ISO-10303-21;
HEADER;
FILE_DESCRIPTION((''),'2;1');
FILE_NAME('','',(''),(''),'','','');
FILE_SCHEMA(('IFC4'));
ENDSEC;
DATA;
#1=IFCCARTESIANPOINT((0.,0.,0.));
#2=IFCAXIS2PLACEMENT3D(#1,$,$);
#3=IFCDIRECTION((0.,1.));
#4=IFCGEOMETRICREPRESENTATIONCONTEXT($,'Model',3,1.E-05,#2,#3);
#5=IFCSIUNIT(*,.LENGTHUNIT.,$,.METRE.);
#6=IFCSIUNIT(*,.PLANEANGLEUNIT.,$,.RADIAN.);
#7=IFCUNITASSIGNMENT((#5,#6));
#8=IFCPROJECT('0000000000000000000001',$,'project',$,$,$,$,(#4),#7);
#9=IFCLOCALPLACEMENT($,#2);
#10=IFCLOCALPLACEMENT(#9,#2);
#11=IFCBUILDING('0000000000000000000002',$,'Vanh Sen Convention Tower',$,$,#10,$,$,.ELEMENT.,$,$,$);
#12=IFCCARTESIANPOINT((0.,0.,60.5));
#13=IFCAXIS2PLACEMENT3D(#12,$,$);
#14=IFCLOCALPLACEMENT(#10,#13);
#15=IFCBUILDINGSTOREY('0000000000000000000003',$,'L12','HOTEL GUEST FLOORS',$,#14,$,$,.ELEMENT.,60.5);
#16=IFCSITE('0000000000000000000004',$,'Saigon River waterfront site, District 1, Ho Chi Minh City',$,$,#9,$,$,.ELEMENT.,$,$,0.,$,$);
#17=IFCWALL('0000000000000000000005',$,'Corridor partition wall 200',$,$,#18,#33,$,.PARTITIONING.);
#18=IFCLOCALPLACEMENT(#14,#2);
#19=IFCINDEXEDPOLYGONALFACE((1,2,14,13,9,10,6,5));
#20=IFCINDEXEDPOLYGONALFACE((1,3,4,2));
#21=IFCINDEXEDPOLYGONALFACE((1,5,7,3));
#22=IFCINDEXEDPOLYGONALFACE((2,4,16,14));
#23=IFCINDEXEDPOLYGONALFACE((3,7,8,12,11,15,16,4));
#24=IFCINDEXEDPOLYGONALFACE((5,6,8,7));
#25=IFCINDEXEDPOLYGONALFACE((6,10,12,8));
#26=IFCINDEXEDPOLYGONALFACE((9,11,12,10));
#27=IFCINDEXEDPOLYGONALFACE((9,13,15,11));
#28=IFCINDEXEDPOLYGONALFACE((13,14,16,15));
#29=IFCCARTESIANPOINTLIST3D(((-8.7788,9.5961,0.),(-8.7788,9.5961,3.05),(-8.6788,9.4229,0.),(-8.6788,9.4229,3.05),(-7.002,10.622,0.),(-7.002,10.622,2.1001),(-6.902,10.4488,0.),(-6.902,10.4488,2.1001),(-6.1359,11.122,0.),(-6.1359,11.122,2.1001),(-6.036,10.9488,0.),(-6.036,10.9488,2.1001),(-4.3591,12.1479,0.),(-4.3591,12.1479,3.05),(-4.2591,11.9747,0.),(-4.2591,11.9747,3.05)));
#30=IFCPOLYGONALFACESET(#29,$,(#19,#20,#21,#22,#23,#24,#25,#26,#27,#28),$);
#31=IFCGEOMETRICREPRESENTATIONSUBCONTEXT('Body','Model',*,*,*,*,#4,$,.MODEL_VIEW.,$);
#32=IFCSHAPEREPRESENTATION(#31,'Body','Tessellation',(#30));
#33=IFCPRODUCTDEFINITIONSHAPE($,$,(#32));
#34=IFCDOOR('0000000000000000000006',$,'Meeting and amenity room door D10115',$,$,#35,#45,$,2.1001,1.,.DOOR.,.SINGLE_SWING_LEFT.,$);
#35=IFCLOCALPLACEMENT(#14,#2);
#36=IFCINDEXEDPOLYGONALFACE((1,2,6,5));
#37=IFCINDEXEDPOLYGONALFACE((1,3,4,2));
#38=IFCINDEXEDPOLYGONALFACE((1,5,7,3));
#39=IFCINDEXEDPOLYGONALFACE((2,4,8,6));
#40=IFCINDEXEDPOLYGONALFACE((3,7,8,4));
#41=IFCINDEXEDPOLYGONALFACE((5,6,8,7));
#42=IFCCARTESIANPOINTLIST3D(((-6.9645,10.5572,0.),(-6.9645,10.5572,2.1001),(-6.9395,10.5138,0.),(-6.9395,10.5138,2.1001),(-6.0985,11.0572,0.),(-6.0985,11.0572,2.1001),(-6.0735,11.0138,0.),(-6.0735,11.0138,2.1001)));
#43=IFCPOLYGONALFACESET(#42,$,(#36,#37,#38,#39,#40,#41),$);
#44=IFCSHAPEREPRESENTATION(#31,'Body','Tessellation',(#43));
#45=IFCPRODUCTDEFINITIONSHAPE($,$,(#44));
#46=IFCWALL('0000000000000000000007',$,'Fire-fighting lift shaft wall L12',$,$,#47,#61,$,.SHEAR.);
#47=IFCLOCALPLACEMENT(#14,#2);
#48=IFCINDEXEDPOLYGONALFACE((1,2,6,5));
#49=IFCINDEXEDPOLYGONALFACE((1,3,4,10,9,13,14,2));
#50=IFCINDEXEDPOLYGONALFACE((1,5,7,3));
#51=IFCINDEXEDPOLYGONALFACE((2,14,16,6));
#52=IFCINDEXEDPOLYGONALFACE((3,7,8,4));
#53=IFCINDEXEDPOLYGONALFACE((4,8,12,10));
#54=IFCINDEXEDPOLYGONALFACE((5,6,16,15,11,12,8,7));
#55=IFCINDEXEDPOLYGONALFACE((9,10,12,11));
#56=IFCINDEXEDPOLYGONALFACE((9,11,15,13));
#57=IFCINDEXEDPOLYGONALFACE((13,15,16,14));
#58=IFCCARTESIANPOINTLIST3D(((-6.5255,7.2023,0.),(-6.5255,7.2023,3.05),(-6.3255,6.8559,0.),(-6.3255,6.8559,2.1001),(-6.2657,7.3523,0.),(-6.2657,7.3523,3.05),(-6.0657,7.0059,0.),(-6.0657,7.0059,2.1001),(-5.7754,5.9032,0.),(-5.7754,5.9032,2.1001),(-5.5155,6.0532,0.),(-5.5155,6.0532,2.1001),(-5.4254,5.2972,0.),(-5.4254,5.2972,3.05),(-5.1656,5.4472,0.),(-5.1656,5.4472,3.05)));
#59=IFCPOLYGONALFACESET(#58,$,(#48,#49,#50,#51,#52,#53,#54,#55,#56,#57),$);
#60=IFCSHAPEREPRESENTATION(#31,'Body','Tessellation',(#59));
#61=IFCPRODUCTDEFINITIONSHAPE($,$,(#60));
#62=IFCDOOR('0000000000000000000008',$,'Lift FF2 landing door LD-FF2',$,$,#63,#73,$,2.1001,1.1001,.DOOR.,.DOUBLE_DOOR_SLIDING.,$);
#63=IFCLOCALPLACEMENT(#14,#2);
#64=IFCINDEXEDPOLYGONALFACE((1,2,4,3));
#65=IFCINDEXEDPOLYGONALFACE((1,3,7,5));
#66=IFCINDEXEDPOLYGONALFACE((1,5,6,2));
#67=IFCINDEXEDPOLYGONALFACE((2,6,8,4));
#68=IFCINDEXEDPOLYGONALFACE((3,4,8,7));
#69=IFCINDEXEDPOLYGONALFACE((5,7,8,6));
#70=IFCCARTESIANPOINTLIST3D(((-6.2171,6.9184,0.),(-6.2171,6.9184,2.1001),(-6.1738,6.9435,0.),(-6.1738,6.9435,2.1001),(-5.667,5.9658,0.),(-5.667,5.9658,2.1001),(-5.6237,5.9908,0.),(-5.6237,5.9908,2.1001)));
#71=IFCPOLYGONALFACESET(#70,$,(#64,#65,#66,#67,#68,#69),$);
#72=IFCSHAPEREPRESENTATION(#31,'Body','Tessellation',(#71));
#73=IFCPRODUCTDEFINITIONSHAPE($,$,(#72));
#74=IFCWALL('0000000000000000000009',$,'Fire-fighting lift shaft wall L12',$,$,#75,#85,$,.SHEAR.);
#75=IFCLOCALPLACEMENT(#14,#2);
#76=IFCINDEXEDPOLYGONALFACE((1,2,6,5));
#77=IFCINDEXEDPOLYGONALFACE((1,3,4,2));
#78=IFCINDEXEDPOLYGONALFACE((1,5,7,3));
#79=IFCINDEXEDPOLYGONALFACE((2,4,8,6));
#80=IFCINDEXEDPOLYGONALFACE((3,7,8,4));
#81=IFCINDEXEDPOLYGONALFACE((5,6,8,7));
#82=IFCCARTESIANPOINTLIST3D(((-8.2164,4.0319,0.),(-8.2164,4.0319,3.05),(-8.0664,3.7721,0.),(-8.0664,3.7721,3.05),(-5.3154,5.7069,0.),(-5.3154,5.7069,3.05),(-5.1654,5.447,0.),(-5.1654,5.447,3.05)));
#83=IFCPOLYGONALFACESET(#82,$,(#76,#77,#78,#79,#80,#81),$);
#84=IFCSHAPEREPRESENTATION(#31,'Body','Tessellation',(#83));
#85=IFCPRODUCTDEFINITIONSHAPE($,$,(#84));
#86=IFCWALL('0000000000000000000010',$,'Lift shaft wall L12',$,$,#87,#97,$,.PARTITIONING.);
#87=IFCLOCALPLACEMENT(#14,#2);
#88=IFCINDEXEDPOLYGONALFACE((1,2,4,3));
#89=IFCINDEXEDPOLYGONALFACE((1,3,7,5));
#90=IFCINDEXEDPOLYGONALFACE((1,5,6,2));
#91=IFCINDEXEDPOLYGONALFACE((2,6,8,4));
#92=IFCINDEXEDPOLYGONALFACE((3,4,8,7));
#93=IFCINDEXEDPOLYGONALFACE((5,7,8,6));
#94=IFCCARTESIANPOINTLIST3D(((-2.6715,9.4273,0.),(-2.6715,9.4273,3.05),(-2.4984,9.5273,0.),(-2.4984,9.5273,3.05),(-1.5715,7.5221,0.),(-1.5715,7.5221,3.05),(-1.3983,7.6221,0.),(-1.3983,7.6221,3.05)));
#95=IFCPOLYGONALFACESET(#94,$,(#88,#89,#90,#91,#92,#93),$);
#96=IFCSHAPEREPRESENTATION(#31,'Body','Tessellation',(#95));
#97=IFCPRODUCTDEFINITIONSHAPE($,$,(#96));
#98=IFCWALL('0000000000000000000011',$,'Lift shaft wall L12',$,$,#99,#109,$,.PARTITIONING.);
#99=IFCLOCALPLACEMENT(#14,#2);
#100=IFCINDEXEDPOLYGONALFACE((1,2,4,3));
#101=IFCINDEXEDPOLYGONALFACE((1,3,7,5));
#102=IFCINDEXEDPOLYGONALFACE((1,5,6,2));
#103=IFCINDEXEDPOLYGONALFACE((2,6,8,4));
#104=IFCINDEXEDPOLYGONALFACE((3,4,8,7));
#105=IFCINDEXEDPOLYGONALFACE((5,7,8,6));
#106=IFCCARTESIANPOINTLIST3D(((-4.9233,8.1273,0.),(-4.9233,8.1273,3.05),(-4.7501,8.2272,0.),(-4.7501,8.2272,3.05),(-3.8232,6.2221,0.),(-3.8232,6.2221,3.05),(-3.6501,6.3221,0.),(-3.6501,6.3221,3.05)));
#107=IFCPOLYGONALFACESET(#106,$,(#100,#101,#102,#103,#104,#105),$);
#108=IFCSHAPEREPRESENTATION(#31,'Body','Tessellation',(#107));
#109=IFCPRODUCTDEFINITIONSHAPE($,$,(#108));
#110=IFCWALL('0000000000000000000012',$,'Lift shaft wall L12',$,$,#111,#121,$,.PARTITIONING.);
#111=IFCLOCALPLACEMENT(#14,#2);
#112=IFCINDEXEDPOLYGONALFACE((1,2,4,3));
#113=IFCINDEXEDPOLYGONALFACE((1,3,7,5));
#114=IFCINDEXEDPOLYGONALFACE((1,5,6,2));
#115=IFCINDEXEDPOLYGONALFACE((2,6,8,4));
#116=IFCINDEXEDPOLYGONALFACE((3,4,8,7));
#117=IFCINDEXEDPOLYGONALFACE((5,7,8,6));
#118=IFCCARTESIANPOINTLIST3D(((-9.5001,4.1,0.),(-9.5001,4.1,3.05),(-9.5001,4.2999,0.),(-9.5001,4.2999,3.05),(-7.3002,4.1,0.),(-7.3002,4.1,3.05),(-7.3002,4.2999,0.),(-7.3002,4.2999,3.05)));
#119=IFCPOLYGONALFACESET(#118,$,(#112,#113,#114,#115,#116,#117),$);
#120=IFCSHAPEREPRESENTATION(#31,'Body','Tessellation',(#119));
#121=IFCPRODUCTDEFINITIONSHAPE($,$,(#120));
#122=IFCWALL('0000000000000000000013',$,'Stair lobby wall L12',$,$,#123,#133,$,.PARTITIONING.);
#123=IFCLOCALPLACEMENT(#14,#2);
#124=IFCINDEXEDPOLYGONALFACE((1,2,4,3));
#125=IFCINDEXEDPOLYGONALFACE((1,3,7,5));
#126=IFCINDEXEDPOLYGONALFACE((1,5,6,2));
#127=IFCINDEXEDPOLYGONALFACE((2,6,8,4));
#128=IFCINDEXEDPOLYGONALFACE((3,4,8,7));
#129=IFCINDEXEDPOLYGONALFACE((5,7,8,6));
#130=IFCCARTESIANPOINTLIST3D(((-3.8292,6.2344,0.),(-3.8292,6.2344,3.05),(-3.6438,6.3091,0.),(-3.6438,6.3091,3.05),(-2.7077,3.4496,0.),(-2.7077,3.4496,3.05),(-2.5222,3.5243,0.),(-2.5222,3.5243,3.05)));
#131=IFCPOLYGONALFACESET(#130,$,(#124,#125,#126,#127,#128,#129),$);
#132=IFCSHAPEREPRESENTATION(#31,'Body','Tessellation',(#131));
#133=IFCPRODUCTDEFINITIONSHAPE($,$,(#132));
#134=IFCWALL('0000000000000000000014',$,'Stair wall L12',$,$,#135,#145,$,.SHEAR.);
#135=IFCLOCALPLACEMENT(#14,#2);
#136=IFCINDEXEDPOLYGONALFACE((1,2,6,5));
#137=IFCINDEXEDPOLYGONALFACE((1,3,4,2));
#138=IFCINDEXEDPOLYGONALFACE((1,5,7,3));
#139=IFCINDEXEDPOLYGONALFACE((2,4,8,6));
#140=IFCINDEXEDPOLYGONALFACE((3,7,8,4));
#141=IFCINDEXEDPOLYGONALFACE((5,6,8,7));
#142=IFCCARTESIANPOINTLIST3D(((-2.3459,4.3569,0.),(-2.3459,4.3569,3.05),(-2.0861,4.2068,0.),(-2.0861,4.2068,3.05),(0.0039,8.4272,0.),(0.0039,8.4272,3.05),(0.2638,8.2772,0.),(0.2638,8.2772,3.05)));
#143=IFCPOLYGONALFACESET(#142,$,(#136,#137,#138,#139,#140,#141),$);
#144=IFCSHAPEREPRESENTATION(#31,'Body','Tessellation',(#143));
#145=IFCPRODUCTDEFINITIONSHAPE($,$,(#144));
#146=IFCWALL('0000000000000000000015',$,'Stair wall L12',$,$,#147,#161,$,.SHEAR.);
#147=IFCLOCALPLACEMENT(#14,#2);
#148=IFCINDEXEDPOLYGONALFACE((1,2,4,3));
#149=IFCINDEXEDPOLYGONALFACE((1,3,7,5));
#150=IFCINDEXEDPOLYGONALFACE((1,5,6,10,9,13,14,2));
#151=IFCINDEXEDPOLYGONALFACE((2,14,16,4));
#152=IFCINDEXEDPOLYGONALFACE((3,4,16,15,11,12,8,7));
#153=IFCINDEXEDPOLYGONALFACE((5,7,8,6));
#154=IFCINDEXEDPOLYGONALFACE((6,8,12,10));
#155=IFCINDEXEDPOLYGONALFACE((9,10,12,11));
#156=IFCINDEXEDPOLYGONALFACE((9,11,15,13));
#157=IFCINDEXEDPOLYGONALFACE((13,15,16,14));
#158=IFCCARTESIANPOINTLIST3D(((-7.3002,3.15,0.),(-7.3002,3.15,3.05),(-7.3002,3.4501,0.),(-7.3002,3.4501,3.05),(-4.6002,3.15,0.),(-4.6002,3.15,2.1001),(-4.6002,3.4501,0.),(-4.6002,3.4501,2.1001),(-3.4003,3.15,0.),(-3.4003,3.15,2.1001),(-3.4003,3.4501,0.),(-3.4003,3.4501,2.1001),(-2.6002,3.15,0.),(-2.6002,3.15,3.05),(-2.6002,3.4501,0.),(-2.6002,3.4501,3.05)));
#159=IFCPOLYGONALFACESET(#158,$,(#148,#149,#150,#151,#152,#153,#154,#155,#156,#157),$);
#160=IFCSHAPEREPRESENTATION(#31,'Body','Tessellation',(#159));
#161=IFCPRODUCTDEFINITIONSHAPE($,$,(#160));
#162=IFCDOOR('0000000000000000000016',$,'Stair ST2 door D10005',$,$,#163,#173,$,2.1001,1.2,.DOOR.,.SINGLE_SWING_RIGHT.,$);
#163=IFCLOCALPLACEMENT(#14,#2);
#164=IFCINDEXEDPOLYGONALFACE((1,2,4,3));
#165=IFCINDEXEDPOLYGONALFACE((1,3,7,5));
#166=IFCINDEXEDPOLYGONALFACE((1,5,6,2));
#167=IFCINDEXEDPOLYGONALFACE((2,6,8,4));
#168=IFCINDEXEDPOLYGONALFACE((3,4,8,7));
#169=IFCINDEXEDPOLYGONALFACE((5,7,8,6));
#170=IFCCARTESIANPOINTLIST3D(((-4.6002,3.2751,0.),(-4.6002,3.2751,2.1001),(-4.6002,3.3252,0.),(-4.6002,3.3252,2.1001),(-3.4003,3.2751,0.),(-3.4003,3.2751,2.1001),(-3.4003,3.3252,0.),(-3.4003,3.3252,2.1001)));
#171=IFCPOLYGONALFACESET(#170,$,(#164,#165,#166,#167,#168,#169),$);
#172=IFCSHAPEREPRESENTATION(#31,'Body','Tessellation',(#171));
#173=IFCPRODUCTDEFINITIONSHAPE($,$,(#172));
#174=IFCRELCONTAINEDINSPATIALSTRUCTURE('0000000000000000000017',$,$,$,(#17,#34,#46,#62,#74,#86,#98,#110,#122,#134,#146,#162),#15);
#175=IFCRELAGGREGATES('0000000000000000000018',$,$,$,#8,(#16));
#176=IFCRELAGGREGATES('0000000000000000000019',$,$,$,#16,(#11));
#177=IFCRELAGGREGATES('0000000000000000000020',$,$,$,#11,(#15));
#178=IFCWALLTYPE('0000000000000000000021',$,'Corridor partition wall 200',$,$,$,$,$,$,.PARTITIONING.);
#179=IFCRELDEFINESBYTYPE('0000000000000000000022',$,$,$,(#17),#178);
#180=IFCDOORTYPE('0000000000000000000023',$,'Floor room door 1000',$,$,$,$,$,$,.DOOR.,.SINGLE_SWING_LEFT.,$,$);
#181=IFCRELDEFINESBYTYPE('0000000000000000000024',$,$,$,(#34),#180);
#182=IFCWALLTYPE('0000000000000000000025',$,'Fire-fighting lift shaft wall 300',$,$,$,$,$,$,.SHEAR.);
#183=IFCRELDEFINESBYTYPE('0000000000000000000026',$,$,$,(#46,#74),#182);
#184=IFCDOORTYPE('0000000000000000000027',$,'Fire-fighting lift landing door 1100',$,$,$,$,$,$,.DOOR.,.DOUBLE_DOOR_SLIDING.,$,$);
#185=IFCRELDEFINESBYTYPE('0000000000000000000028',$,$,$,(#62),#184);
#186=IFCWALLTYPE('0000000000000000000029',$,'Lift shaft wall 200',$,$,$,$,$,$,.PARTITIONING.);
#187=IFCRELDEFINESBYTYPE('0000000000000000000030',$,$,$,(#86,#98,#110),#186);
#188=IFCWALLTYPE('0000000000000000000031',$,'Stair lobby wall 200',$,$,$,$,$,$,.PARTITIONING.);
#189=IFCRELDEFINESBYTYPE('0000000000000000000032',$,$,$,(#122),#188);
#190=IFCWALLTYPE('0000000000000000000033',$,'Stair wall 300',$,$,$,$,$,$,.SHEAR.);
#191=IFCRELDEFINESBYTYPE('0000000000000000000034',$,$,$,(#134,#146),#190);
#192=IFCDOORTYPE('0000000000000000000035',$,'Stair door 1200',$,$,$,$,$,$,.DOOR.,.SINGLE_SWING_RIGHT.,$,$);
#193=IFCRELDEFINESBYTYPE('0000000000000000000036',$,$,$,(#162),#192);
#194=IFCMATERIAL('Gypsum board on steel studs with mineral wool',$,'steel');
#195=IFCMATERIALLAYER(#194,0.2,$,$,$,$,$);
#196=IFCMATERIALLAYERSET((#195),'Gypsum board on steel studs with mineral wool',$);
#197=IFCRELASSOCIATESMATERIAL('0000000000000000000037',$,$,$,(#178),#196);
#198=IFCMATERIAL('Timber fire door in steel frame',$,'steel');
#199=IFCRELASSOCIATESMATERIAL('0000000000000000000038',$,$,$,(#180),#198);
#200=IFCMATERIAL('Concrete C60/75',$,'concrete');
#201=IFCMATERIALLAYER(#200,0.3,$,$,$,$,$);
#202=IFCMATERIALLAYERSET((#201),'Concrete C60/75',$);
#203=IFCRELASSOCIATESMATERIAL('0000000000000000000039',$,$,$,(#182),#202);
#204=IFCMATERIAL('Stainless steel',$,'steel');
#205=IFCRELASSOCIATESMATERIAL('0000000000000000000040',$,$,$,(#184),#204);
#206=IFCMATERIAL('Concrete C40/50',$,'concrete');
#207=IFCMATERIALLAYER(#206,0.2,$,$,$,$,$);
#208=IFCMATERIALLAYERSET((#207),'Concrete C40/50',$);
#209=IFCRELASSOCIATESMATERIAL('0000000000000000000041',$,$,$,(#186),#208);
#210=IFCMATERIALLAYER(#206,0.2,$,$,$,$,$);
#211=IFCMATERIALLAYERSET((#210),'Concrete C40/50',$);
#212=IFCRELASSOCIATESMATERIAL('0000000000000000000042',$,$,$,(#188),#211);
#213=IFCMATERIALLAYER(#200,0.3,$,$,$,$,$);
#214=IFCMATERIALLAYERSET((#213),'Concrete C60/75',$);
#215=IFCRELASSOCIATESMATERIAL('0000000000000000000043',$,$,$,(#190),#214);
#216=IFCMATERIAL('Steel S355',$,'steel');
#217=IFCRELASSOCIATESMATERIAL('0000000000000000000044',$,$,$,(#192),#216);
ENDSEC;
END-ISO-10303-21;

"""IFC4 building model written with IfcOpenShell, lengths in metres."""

from ifc_helpers import new_model, si_unit, direction, frame, frame_2d, origin, place, context, subcontext, project, spatial, rectangle, extrude, material, layer, layer_set, type_object, element, fill, save


model = new_model("IFC4")

# Units and contexts
model_context = context("Model", 3, precision=1e-05, world=origin(), true_north=direction((0.0, 1.0)))
body_context = subcontext(model_context, "Body", "Model", "MODEL_VIEW")
ifc_project = project(units=[si_unit("LENGTHUNIT", "METRE"), si_unit("PLANEANGLEUNIT", "RADIAN")], contexts=[model_context])

# Site, building, storey
site_placement = place(None, origin())
site = spatial("IfcSite", under=ifc_project, at=site_placement, Name="Saigon River waterfront site, District 1, Ho Chi Minh City", CompositionType="ELEMENT", RefElevation=0.0)
building_placement = place(site_placement, origin())
building = spatial("IfcBuilding", under=site, at=building_placement, Name="Vanh Sen Convention Tower", CompositionType="ELEMENT")
storey_placement = place(building_placement, frame((0.0, 0.0, 60.5)))
storey = spatial("IfcBuildingStorey", under=building, at=storey_placement, Name="L12", Description="HOTEL GUEST FLOORS", CompositionType="ELEMENT", Elevation=60.5)

# Walls, openings, doors
ifc_material_1 = material(Name="Gypsum board on steel studs with mineral wool", Category="steel")
ifc_layer_1 = layer(ifc_material_1, 0.2)
ifc_layer_set_1 = layer_set([ifc_layer_1], Name="Gypsum board on steel studs with mineral wool")
wall_type_1 = type_object("IfcWallType", Name="Corridor partition wall 200", PredefinedType="PARTITIONING", material=ifc_layer_set_1)
wall_1_placement = place(storey_placement, frame((-4.3091, 12.0613, 0.0), z_axis=(0.0, 0.0, 1.0), x_axis=(-0.866021, -0.500008, 0.0)))
wall_1 = element("IfcWall", 1, at=wall_1_placement, inside=storey, type_object=wall_type_1, Name="Corridor partition wall 200", PredefinedType="PARTITIONING", context=body_context, shape_type="SweptSolid", body=[
    extrude(rectangle(XDim=5.1035, YDim=0.2, at=frame_2d((2.5518, 0.0))), origin(), (0.0, 0.0, 1.0), 3.05),
])
opening_1_placement = place(wall_1_placement, frame((2.0518, 0.0, 0.0)))
opening_1 = element("IfcOpeningElement", 2, at=opening_1_placement, cuts=wall_1, PredefinedType="OPENING", context=body_context, shape_type="SweptSolid", body=[
    extrude(rectangle(XDim=1.0, YDim=2.1001, at=frame_2d((0.5, 1.05))), frame((0.0, 0.1099, 0.0), z_axis=(0.0, -1.0, 0.0), x_axis=(1.0, 0.0, 0.0)), (0.0, 0.0, 1.0), 0.22),
])
ifc_material_2 = material(Name="Timber fire door in steel frame", Category="steel")
door_type_1 = type_object("IfcDoorType", Name="Floor room door 1000", OperationType="SINGLE_SWING_LEFT", PredefinedType="DOOR", material=ifc_material_2)
door_1_placement = place(opening_1_placement, origin())
door_1 = element("IfcDoor", 3, at=door_1_placement, inside=storey, type_object=door_type_1, Name="Meeting and amenity room door D10115", OperationType="SINGLE_SWING_LEFT", OverallHeight=2.1001, OverallWidth=1.0, PredefinedType="DOOR", context=body_context, shape_type="SweptSolid", body=[
    extrude(rectangle(XDim=1.0, YDim=2.1001, at=frame_2d((0.5, 1.05))), frame((0.0, 0.0249, 0.0), z_axis=(0.0, -1.0, 0.0), x_axis=(1.0, 0.0, 0.0)), (0.0, 0.0, 1.0), 0.05),
])
fill(opening_1, door_1)
ifc_material_3 = material(Name="Concrete C60/75", Category="concrete")
ifc_layer_2 = layer(ifc_material_3, 0.3)
ifc_layer_set_2 = layer_set([ifc_layer_2], Name="Concrete C60/75")
wall_type_2 = type_object("IfcWallType", Name="Fire-fighting lift shaft wall 300", PredefinedType="SHEAR", material=ifc_layer_set_2)
wall_2_placement = place(storey_placement, frame((-5.2954, 5.3721, 0.0), z_axis=(0.0, 0.0, 1.0), x_axis=(-0.500078, 0.86598, 0.0)))
wall_2 = element("IfcWall", 4, at=wall_2_placement, inside=storey, type_object=wall_type_2, Name="Fire-fighting lift shaft wall L12", PredefinedType="SHEAR", context=body_context, shape_type="SweptSolid", body=[
    extrude(rectangle(XDim=2.2, YDim=0.3, at=frame_2d((1.1001, 0.0))), origin(), (0.0, 0.0, 1.0), 3.05),
])
opening_2_placement = place(wall_2_placement, frame((0.7, 0.0, 0.0)))
opening_2 = element("IfcOpeningElement", 5, at=opening_2_placement, cuts=wall_2, PredefinedType="OPENING", context=body_context, shape_type="SweptSolid", body=[
    extrude(rectangle(XDim=1.1001, YDim=2.1001, at=frame_2d((0.55, 1.05))), frame((0.0, 0.1599, 0.0), z_axis=(0.0, -1.0, 0.0), x_axis=(1.0, 0.0, 0.0)), (0.0, 0.0, 1.0), 0.3201),
])
ifc_material_4 = material(Name="Stainless steel", Category="steel")
door_type_2 = type_object("IfcDoorType", Name="Fire-fighting lift landing door 1100", OperationType="DOUBLE_DOOR_SLIDING", PredefinedType="DOOR", material=ifc_material_4)
door_2_placement = place(opening_2_placement, origin())
door_2 = element("IfcDoor", 6, at=door_2_placement, inside=storey, type_object=door_type_2, Name="Lift FF2 landing door LD-FF2", OperationType="DOUBLE_DOOR_SLIDING", OverallHeight=2.1001, OverallWidth=1.1001, PredefinedType="DOOR", context=body_context, shape_type="SweptSolid", body=[
    extrude(rectangle(XDim=1.1001, YDim=2.1001, at=frame_2d((0.55, 1.05))), frame((0.0, 0.0249, 0.0), z_axis=(0.0, -1.0, 0.0), x_axis=(1.0, 0.0, 0.0)), (0.0, 0.0, 1.0), 0.05),
])
fill(opening_2, door_2)

# Walls
wall_3_placement = place(storey_placement, frame((-5.2405, 5.5769, 0.0), z_axis=(0.0, 0.0, 1.0), x_axis=(-0.866014, -0.500019, 0.0)))
element("IfcWall", 7, at=wall_3_placement, inside=storey, type_object=wall_type_2, Name="Fire-fighting lift shaft wall L12", PredefinedType="SHEAR", context=body_context, shape_type="SweptSolid", body=[
    extrude(rectangle(XDim=3.3499, YDim=0.3, at=frame_2d((1.6748, 0.0))), origin(), (0.0, 0.0, 1.0), 3.05),
])
ifc_material_5 = material(Name="Concrete C40/50", Category="concrete")
ifc_layer_3 = layer(ifc_material_5, 0.2)
ifc_layer_set_3 = layer_set([ifc_layer_3], Name="Concrete C40/50")
wall_type_3 = type_object("IfcWallType", Name="Lift shaft wall 200", PredefinedType="PARTITIONING", material=ifc_layer_set_3)
for number, where, z_axis, x_axis, name in (
    (8, (-1.4849, 7.572, 0.0), (0.0, 0.0, 1.0), (-0.50003, 0.866008, 0.0), "Lift shaft wall L12"),
    (9, (-3.7366, 6.272, 0.0), (0.0, 0.0, 1.0), (-0.50003, 0.866008, 0.0), "Lift shaft wall L12"),
    (10, (-7.3, 4.2, 0.0), (0.0, 0.0, 1.0), (-1.0, 0.0, 0.0), "Lift shaft wall L12"),
):
    element("IfcWall", number, at=place(storey_placement, frame(where, z_axis=z_axis, x_axis=x_axis)), inside=storey, type_object=wall_type_3, Name=name, PredefinedType="PARTITIONING", context=body_context, shape_type="SweptSolid", body=[
        extrude(rectangle(XDim=2.2, YDim=0.2, at=frame_2d((1.1001, 0.0))), origin(), (0.0, 0.0, 1.0), 3.05),
    ])
ifc_layer_4 = layer(ifc_material_5, 0.2)
ifc_layer_set_4 = layer_set([ifc_layer_4], Name="Concrete C40/50")
wall_type_4 = type_object("IfcWallType", Name="Stair lobby wall 200", PredefinedType="PARTITIONING", material=ifc_layer_set_4)
wall_4_placement = place(storey_placement, frame((-2.615, 3.4871, 0.0), z_axis=(0.0, 0.0, 1.0), x_axis=(-0.373577, 0.927599, 0.0)))
element("IfcWall", 11, at=wall_4_placement, inside=storey, type_object=wall_type_4, Name="Stair lobby wall L12", PredefinedType="PARTITIONING", context=body_context, shape_type="SweptSolid", body=[
    extrude(rectangle(XDim=3.0022, YDim=0.2, at=frame_2d((1.501, 0.0))), origin(), (0.0, 0.0, 1.0), 3.05),
])
ifc_layer_5 = layer(ifc_material_3, 0.3)
ifc_layer_set_5 = layer_set([ifc_layer_5], Name="Concrete C60/75")
wall_type_5 = type_object("IfcWallType", Name="Stair wall 300", PredefinedType="SHEAR", material=ifc_layer_set_5)
wall_5_placement = place(storey_placement, frame((-2.2161, 4.2817, 0.0), z_axis=(0.0, 0.0, 1.0), x_axis=(0.499977, 0.866039, 0.0)))
element("IfcWall", 12, at=wall_5_placement, inside=storey, type_object=wall_type_5, Name="Stair wall L12", PredefinedType="SHEAR", context=body_context, shape_type="SweptSolid", body=[
    extrude(rectangle(XDim=4.7, YDim=0.3, at=frame_2d((2.3501, 0.0))), origin(), (0.0, 0.0, 1.0), 3.05),
])

# Wall, opening, door
wall_6_placement = place(storey_placement, frame((-2.6001, 3.3, 0.0), z_axis=(0.0, 0.0, 1.0), x_axis=(-1.0, 0.0, 0.0)))
wall_6 = element("IfcWall", 13, at=wall_6_placement, inside=storey, type_object=wall_type_5, Name="Stair wall L12", PredefinedType="SHEAR", context=body_context, shape_type="SweptSolid", body=[
    extrude(rectangle(XDim=4.7, YDim=0.3, at=frame_2d((2.3501, 0.0))), origin(), (0.0, 0.0, 1.0), 3.05),
])
opening_3_placement = place(wall_6_placement, frame((0.8, 0.0, 0.0)))
opening_3 = element("IfcOpeningElement", 14, at=opening_3_placement, cuts=wall_6, PredefinedType="OPENING", context=body_context, shape_type="SweptSolid", body=[
    extrude(rectangle(XDim=1.2, YDim=2.1001, at=frame_2d((0.6001, 1.05))), frame((0.0, 0.1599, 0.0), z_axis=(0.0, -1.0, 0.0), x_axis=(1.0, 0.0, 0.0)), (0.0, 0.0, 1.0), 0.3201),
])
ifc_material_6 = material(Name="Steel S355", Category="steel")
door_type_3 = type_object("IfcDoorType", Name="Stair door 1200", OperationType="SINGLE_SWING_RIGHT", PredefinedType="DOOR", material=ifc_material_6)
door_3_placement = place(opening_3_placement, origin())
door_3 = element("IfcDoor", 15, at=door_3_placement, inside=storey, type_object=door_type_3, Name="Stair ST2 door D10005", OperationType="SINGLE_SWING_RIGHT", OverallHeight=2.1001, OverallWidth=1.2, PredefinedType="DOOR", context=body_context, shape_type="SweptSolid", body=[
    extrude(rectangle(XDim=1.2, YDim=2.1001, at=frame_2d((0.6001, 1.05))), frame((0.0, 0.0249, 0.0), z_axis=(0.0, -1.0, 0.0), x_axis=(1.0, 0.0, 0.0)), (0.0, 0.0, 1.0), 0.05),
])
fill(opening_3, door_3)

save(model, "model.ifc")
